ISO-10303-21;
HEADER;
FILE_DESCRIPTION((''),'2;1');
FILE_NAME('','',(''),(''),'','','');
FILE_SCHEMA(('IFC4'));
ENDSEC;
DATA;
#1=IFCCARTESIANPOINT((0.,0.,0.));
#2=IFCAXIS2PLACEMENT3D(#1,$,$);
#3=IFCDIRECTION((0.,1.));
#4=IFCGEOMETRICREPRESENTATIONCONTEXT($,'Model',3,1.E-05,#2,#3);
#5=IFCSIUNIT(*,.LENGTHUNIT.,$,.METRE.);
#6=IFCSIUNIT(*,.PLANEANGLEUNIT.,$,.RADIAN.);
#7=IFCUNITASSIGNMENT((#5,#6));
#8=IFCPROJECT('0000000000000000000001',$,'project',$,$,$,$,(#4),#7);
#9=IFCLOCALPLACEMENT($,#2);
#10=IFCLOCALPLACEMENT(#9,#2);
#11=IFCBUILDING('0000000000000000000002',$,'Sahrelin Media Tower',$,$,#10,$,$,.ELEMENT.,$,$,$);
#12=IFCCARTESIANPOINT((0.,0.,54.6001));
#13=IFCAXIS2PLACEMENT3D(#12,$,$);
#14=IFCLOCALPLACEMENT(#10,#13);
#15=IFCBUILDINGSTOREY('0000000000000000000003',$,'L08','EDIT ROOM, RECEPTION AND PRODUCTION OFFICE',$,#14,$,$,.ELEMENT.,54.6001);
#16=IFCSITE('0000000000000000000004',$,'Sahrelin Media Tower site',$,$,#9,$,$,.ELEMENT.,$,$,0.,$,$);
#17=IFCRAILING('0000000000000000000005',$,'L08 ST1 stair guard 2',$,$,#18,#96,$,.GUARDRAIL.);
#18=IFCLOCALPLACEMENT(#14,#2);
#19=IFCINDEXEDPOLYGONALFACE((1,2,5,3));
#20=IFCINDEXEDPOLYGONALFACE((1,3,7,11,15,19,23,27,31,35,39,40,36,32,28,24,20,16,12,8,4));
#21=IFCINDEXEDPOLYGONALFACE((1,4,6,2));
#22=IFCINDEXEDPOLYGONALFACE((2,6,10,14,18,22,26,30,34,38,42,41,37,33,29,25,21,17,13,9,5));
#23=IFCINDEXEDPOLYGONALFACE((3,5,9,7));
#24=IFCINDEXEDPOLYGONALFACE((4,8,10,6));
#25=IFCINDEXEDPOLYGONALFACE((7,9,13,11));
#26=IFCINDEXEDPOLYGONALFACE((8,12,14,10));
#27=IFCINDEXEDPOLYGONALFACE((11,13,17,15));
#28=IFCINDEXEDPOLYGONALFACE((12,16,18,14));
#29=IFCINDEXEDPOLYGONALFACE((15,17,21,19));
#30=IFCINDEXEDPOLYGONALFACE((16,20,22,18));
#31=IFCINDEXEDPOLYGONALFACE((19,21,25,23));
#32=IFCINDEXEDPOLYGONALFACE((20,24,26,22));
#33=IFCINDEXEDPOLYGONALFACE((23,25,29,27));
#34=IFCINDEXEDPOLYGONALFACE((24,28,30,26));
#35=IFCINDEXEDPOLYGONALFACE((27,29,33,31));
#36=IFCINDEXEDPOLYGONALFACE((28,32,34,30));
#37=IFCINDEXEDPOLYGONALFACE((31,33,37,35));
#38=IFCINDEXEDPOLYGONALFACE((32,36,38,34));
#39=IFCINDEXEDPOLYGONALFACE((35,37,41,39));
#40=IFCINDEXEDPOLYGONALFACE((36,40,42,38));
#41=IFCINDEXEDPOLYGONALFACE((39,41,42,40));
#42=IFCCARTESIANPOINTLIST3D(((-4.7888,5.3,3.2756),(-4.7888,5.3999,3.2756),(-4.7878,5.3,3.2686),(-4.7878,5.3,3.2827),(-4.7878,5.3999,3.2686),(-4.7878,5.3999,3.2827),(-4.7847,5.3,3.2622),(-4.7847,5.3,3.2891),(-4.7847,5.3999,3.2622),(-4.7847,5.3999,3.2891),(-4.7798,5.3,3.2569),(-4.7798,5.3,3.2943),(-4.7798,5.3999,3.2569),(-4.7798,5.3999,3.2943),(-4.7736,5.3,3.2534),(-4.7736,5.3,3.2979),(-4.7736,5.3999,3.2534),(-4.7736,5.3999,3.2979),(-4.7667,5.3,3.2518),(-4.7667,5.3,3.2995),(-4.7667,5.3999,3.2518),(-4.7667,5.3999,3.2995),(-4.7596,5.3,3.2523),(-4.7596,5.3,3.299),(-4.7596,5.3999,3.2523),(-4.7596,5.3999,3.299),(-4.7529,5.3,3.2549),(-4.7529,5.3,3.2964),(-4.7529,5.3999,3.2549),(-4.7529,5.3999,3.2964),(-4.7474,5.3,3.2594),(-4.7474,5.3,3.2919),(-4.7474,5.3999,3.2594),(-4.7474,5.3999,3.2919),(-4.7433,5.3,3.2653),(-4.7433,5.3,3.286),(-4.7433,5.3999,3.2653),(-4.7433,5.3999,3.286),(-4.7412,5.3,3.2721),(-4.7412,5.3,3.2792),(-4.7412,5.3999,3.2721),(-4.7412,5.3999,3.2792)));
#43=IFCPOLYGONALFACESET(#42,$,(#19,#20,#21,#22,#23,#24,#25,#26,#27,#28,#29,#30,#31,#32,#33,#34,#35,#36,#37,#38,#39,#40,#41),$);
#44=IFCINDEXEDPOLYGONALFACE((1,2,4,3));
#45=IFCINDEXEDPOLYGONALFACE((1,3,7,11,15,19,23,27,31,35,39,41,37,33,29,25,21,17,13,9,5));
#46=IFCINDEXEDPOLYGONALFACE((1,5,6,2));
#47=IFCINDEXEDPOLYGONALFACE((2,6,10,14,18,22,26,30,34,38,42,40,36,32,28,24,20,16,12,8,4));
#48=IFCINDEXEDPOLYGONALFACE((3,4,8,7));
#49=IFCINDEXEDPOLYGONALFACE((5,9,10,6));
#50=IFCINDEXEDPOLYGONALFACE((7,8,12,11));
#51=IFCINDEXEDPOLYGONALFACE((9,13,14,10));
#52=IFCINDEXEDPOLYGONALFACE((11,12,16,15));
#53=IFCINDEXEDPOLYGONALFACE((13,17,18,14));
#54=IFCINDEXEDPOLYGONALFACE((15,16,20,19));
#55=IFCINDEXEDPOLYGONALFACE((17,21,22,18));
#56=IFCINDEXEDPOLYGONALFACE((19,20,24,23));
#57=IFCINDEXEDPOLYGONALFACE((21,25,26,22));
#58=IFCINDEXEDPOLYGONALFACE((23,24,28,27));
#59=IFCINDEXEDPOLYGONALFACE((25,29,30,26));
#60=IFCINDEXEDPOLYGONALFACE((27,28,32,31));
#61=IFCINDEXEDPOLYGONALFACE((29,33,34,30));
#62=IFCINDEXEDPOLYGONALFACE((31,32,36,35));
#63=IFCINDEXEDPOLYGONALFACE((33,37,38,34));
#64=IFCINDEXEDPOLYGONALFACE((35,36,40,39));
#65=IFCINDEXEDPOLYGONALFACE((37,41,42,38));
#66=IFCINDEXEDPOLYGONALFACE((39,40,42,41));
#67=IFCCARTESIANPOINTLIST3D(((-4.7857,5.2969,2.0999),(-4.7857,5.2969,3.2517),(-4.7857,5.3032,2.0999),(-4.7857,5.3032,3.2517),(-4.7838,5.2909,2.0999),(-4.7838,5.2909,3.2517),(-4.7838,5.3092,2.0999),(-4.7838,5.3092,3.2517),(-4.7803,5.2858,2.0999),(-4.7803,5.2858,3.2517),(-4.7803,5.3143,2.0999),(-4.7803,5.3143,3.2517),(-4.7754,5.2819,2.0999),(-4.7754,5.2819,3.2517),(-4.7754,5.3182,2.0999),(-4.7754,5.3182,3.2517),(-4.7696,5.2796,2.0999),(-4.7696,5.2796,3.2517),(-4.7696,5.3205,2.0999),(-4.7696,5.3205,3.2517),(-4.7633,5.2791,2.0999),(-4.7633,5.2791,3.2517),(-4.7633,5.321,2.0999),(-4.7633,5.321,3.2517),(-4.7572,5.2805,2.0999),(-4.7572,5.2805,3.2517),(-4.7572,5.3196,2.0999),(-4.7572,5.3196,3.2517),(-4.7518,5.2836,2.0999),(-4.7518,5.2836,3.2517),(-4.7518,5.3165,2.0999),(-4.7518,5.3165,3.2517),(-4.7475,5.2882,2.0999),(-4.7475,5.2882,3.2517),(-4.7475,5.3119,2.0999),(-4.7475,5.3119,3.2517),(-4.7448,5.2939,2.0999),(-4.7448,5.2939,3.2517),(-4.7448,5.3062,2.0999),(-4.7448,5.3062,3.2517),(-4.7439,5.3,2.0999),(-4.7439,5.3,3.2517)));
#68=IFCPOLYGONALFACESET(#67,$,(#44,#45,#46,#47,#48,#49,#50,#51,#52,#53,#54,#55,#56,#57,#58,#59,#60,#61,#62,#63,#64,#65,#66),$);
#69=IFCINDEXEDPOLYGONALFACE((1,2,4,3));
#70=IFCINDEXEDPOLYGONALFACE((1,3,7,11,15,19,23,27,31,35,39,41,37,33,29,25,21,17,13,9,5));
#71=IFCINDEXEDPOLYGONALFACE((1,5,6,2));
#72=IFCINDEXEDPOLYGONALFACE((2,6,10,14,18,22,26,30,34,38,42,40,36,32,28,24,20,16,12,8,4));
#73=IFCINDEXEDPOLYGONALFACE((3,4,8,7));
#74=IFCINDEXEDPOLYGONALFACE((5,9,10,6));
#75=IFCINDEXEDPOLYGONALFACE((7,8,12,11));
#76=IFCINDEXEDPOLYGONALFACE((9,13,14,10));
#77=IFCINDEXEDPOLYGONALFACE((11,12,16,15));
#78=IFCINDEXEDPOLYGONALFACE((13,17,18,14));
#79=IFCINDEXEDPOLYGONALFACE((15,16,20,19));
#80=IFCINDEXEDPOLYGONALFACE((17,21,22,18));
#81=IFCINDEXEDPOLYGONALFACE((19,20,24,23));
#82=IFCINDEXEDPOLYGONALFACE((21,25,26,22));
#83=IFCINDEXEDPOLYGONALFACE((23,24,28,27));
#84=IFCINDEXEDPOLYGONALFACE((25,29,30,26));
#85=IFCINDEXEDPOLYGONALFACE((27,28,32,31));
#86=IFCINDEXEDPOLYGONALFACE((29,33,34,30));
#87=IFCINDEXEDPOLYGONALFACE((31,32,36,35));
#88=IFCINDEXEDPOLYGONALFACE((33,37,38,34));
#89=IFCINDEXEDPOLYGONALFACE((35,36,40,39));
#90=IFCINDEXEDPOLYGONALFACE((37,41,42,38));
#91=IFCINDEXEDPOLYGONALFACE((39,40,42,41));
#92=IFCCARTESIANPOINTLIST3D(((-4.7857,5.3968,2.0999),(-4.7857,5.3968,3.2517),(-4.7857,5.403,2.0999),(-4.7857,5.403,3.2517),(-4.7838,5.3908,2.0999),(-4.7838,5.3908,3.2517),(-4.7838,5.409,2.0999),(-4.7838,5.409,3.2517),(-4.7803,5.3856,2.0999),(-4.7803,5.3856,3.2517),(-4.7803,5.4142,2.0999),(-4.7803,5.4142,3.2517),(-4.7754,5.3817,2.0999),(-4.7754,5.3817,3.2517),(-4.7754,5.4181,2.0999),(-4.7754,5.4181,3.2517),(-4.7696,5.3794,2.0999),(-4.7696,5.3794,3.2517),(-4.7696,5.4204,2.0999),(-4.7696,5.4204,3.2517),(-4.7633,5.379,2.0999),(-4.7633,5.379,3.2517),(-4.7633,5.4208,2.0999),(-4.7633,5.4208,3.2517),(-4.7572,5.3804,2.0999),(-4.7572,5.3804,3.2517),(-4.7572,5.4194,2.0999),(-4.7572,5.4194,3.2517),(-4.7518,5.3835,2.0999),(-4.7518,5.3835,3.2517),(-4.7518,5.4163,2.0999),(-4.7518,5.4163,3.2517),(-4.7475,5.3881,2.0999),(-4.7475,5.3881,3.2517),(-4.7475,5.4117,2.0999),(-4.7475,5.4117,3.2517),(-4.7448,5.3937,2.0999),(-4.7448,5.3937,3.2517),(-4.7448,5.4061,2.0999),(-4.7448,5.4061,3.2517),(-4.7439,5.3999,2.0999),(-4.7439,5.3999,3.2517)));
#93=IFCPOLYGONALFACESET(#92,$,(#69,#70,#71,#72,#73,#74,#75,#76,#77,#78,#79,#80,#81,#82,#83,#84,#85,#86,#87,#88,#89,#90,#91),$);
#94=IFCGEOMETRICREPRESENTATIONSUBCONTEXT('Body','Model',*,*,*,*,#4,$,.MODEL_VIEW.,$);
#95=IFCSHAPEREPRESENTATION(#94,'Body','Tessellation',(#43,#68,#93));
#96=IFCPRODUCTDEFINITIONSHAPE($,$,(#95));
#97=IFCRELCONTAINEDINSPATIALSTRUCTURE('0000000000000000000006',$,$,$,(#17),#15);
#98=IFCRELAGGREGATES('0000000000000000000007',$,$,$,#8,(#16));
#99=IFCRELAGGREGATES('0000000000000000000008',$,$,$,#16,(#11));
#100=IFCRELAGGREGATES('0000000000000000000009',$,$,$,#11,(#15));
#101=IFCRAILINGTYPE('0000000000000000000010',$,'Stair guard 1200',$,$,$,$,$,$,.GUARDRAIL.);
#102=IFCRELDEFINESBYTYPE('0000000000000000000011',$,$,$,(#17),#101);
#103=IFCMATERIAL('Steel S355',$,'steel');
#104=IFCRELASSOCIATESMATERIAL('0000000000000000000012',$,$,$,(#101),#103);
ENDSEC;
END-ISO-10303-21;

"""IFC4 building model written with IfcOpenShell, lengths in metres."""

from ifc_helpers import new_model, si_unit, direction, frame, origin, origin_2d, place, context, subcontext, project, spatial, circle, extrude, material, type_object, element, save


model = new_model("IFC4")

# Units and contexts
model_context = context("Model", 3, precision=1e-05, world=origin(), true_north=direction((0.0, 1.0)))
body_context = subcontext(model_context, "Body", "Model", "MODEL_VIEW")
ifc_project = project(units=[si_unit("LENGTHUNIT", "METRE"), si_unit("PLANEANGLEUNIT", "RADIAN")], contexts=[model_context])

# Site, building, storey
site_placement = place(None, origin())
site = spatial("IfcSite", under=ifc_project, at=site_placement, Name="Sahrelin Media Tower site", CompositionType="ELEMENT", RefElevation=0.0)
building_placement = place(site_placement, origin())
building = spatial("IfcBuilding", under=site, at=building_placement, Name="Sahrelin Media Tower", CompositionType="ELEMENT")
storey_placement = place(building_placement, frame((0.0, 0.0, 54.6001)))
storey = spatial("IfcBuildingStorey", under=building, at=storey_placement, Name="L08", Description="EDIT ROOM, RECEPTION AND PRODUCTION OFFICE", CompositionType="ELEMENT", Elevation=54.6001)

# Shared definitions
ifc_material_1 = material(Name="Steel S355", Category="steel")

# Railing
railing_type_1 = type_object("IfcRailingType", Name="Stair guard 1200", PredefinedType="GUARDRAIL", material=ifc_material_1)
railing_1_placement = place(storey_placement, frame((-4.7649, 5.3, 2.0999)))
element("IfcRailing", 1, at=railing_1_placement, inside=storey, type_object=railing_type_1, Name="L08 ST1 stair guard 2", PredefinedType="GUARDRAIL", context=body_context, shape_type="SweptSolid", body=[
    extrude(circle(Radius=0.0239, at=origin_2d()), frame((0.0, 0.0, 1.1758), z_axis=(0.0, 1.0, 0.0), x_axis=(-1.0, 0.0, 0.0)), (0.0, 0.0, 1.0), 0.0999),
    extrude(circle(Radius=0.021, at=origin_2d()), origin(), (0.0, 0.0, 1.0), 1.1519),
    extrude(circle(Radius=0.021, at=origin_2d()), frame((0.0, 0.0999, 0.0)), (0.0, 0.0, 1.0), 1.1519),
])

save(model, "model.ifc")
